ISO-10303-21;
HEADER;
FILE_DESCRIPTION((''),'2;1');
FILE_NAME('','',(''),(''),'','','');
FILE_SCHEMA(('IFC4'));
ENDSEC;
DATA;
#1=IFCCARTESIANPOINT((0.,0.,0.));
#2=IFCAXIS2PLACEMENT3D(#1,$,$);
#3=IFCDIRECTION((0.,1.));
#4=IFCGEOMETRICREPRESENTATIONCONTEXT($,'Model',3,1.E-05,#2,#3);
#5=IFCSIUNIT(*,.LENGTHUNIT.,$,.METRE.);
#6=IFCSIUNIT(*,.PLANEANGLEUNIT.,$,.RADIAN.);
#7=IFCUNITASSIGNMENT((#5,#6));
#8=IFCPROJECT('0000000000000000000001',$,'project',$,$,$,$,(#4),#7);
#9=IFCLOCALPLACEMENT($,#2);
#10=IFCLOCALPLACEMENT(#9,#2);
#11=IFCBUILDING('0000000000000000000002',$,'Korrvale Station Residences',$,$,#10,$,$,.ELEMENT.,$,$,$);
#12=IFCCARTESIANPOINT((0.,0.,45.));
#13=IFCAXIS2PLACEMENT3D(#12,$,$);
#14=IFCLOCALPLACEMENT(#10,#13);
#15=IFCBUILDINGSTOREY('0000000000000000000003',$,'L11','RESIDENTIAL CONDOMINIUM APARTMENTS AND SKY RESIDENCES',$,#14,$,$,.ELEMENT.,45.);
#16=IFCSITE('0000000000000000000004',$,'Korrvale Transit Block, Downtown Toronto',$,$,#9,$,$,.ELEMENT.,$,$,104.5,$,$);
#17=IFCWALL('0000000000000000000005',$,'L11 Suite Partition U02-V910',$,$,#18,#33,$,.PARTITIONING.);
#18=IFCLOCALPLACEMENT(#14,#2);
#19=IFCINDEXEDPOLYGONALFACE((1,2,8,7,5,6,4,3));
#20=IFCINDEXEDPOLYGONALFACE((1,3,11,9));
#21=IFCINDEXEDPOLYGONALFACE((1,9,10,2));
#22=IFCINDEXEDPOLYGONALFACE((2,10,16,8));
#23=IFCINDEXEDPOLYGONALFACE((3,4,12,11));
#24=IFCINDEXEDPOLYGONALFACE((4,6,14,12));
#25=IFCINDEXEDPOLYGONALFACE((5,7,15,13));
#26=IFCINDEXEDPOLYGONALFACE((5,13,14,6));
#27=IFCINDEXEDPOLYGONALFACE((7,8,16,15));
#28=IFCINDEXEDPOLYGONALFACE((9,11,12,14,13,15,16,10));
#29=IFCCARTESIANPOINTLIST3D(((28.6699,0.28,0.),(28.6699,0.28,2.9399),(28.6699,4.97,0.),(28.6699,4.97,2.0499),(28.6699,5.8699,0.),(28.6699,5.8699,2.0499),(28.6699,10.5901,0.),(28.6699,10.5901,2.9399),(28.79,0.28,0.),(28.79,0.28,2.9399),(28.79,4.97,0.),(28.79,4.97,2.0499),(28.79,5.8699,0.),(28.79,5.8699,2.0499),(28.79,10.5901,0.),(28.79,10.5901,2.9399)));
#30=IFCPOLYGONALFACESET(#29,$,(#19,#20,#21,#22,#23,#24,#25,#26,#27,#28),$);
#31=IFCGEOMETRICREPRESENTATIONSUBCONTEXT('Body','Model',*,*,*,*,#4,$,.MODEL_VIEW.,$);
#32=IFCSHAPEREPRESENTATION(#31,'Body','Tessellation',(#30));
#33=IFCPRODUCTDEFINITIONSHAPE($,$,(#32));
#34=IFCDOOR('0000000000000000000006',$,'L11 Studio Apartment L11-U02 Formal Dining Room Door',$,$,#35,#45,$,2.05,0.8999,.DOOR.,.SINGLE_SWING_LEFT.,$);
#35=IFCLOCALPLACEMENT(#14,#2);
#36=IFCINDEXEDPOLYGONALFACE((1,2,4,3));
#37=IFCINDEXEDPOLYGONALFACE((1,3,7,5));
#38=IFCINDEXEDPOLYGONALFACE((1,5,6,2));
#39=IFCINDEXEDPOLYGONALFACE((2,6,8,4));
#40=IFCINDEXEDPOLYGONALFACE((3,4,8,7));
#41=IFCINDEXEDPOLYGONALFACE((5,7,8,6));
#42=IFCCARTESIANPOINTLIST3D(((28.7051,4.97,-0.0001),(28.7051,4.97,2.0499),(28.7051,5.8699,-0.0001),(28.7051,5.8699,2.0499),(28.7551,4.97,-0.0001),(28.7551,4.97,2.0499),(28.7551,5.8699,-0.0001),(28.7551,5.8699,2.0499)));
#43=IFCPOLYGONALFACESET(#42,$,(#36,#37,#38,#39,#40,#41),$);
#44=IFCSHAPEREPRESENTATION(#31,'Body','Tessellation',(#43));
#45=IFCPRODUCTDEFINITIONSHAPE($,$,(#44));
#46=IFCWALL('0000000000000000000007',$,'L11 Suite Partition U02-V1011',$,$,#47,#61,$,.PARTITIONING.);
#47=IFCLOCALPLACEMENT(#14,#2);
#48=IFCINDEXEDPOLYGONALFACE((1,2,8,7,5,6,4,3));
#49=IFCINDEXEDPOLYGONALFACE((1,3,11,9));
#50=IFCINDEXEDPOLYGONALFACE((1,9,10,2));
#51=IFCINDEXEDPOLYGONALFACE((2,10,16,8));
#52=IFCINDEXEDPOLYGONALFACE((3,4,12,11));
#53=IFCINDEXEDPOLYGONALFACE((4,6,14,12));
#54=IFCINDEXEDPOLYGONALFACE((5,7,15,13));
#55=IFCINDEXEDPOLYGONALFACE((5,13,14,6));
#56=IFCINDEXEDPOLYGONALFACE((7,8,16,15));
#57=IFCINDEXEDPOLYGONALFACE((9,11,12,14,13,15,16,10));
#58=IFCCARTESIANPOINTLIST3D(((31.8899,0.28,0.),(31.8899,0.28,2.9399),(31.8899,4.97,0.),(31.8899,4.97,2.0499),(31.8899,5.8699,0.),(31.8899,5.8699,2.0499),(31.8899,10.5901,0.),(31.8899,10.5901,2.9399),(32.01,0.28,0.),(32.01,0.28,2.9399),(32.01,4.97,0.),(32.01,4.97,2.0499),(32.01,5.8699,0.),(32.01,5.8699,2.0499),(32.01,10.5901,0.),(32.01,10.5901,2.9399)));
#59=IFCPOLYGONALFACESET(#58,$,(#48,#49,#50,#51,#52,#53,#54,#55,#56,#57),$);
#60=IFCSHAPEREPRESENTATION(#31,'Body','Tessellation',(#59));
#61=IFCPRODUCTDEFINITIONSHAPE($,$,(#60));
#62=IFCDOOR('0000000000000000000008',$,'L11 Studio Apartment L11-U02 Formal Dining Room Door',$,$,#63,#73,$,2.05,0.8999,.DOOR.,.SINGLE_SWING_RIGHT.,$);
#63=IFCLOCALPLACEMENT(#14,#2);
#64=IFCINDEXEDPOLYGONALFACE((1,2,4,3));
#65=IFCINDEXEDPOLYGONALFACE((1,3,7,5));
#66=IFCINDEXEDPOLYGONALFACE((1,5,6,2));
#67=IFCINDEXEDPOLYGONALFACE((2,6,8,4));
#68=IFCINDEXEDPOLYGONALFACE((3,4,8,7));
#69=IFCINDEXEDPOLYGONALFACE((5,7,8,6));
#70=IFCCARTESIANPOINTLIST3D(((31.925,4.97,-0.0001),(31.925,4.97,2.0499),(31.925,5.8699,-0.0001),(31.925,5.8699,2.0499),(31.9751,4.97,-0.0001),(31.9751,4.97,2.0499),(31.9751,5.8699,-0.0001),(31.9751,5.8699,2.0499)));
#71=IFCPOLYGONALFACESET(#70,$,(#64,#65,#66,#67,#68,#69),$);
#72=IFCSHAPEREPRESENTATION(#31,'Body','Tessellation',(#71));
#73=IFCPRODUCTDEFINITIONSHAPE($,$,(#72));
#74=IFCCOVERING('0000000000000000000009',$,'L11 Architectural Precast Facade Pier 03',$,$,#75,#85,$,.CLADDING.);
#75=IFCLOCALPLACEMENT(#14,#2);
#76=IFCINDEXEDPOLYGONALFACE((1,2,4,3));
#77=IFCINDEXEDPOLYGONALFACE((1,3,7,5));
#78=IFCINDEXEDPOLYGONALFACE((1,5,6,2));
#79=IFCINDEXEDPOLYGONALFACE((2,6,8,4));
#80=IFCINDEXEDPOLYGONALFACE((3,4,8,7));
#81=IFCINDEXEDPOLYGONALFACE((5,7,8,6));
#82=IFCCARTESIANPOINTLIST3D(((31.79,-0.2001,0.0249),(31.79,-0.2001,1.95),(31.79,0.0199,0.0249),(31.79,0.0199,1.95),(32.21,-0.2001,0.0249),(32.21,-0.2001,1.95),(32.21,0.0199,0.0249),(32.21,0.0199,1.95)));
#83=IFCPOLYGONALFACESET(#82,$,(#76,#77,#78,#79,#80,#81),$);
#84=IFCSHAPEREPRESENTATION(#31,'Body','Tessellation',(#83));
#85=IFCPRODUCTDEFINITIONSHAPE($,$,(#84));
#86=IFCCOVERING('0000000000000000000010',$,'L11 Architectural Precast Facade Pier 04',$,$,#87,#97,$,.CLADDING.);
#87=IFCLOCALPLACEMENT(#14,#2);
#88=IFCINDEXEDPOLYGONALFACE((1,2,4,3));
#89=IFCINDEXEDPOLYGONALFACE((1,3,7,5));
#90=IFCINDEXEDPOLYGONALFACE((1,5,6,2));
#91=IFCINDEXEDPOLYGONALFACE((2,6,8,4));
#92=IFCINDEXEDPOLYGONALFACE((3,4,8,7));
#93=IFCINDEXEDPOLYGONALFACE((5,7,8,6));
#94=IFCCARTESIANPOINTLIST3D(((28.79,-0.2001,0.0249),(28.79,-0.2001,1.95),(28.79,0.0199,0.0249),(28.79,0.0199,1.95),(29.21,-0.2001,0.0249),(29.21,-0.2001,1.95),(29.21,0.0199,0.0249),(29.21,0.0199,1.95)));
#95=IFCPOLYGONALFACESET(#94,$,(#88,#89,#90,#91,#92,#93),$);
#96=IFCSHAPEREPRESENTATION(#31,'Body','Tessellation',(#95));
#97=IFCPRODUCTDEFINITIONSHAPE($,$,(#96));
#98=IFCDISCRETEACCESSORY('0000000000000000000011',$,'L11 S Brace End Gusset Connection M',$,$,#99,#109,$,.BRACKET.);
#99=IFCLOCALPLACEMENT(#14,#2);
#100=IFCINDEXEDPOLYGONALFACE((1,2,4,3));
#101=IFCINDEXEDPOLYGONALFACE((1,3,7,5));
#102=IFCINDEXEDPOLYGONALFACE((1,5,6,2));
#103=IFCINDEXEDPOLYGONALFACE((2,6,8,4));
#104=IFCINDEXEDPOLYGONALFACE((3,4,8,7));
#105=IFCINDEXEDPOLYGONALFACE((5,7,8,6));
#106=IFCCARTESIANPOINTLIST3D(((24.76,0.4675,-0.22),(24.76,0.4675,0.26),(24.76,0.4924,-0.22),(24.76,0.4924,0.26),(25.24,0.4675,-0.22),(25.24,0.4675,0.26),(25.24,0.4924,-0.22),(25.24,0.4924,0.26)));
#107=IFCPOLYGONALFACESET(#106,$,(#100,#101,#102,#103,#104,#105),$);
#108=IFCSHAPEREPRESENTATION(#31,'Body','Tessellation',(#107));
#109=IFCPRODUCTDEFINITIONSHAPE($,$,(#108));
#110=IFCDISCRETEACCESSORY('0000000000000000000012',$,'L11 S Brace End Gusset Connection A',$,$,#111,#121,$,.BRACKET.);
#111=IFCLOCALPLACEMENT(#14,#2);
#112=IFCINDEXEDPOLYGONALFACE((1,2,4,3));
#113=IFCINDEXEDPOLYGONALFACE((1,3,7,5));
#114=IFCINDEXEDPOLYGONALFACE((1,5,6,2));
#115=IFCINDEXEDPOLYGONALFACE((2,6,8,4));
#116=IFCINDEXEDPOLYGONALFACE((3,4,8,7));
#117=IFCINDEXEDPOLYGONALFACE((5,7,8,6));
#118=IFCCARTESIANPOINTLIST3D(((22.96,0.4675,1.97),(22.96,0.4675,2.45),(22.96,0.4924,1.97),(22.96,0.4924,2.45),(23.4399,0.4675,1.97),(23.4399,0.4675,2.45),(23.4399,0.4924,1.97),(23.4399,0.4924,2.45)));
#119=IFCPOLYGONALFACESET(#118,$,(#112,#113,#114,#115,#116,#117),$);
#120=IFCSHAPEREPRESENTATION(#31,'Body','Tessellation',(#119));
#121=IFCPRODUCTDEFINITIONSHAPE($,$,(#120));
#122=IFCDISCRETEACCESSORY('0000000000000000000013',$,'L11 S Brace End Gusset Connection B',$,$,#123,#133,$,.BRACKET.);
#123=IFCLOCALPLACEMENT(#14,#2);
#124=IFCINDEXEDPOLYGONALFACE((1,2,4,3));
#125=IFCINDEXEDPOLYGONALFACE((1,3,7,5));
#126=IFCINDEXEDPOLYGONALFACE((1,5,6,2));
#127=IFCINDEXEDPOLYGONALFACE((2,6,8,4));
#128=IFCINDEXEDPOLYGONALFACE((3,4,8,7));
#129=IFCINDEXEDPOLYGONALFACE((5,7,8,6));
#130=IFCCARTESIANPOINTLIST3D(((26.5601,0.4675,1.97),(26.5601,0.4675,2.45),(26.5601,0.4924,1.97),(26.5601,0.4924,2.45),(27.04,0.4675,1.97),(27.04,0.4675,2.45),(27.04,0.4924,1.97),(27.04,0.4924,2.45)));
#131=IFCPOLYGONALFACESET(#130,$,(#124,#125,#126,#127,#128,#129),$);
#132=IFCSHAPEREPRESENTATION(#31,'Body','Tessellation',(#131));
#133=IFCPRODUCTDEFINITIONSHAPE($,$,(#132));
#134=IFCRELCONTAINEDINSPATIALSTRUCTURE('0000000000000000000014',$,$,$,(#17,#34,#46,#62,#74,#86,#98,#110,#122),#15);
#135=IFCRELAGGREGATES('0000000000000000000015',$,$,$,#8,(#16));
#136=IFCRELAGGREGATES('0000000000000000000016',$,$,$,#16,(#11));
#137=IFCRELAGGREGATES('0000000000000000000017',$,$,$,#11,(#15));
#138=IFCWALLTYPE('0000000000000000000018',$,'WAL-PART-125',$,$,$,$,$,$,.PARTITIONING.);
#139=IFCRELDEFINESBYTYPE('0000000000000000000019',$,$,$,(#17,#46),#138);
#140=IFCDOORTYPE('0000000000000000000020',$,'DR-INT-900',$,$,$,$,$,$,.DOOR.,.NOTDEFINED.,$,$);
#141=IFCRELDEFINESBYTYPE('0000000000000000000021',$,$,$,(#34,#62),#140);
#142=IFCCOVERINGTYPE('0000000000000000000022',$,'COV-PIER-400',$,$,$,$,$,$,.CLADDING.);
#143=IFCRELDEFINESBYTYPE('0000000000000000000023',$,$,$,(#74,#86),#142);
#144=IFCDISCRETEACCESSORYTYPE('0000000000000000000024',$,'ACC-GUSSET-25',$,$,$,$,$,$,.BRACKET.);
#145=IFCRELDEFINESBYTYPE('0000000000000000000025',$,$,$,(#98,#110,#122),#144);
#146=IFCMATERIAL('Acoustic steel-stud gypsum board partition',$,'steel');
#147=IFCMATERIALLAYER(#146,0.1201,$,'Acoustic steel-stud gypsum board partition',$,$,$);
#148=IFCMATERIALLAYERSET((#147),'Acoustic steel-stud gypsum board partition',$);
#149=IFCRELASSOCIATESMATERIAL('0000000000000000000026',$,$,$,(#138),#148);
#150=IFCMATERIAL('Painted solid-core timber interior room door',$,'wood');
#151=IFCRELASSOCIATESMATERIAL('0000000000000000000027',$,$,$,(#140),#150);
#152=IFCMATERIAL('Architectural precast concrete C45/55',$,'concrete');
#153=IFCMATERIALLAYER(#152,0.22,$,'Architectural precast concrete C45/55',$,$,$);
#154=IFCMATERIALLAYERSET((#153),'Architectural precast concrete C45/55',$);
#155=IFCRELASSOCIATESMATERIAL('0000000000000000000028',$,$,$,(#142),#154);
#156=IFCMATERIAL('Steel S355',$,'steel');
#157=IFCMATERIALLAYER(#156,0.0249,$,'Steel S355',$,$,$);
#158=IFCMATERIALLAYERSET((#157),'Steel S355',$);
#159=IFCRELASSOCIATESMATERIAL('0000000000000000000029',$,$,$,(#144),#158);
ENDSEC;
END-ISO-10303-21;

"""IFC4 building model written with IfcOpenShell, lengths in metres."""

from ifc_helpers import new_model, si_unit, direction, frame, frame_2d, origin, origin_2d, place, context, subcontext, project, spatial, rectangle, extrude, material, layer, layer_set, type_object, element, fill, save


model = new_model("IFC4")

# Units and contexts
model_context = context("Model", 3, precision=1e-05, world=origin(), true_north=direction((0.0, 1.0)))
body_context = subcontext(model_context, "Body", "Model", "MODEL_VIEW")
ifc_project = project(units=[si_unit("LENGTHUNIT", "METRE"), si_unit("PLANEANGLEUNIT", "RADIAN")], contexts=[model_context])

# Site, building, storey
site_placement = place(None, origin())
site = spatial("IfcSite", under=ifc_project, at=site_placement, Name="Korrvale Transit Block, Downtown Toronto", CompositionType="ELEMENT", RefElevation=104.5)
building_placement = place(site_placement, origin())
building = spatial("IfcBuilding", under=site, at=building_placement, Name="Korrvale Station Residences", CompositionType="ELEMENT")
storey_placement = place(building_placement, frame((0.0, 0.0, 45.0)))
storey = spatial("IfcBuildingStorey", under=building, at=storey_placement, Name="L11", Description="RESIDENTIAL CONDOMINIUM APARTMENTS AND SKY RESIDENCES", CompositionType="ELEMENT", Elevation=45.0)

# Shared definitions
ifc_material_1 = material(Name="Steel S355", Category="steel")

# Shared definitions
ifc_material_2 = material(Name="Acoustic steel-stud gypsum board partition", Category="steel")
ifc_layer_1 = layer(ifc_material_2, 0.1201, Name="Acoustic steel-stud gypsum board partition")
ifc_layer_set_1 = layer_set([ifc_layer_1], Name="Acoustic steel-stud gypsum board partition")
wall_type = type_object("IfcWallType", Name="WAL-PART-125", PredefinedType="PARTITIONING", material=ifc_layer_set_1)
ifc_material_3 = material(Name="Painted solid-core timber interior room door", Category="wood")
door_type = type_object("IfcDoorType", Name="DR-INT-900", OperationType="NOTDEFINED", PredefinedType="DOOR", material=ifc_material_3)

# Walls, openings, doors
wall_1_placement = place(storey_placement, frame((28.73, 0.28, 0.0), z_axis=(0.0, 0.0, 1.0), x_axis=(0.0, 1.0, 0.0)))
wall_1 = element("IfcWall", 1, at=wall_1_placement, inside=storey, type_object=wall_type, Name="L11 Suite Partition U02-V910", PredefinedType="PARTITIONING", context=body_context, shape_type="SweptSolid", body=[
    extrude(rectangle(XDim=10.3101, YDim=0.1201, at=frame_2d((5.155, 0.0))), origin(), (0.0, 0.0, 1.0), 2.9399),
])
opening_1_placement = place(wall_1_placement, frame((4.6899, 0.0, 0.0)))
opening_1 = element("IfcOpeningElement", 2, at=opening_1_placement, cuts=wall_1, PredefinedType="OPENING", context=body_context, shape_type="SweptSolid", body=[
    extrude(rectangle(XDim=0.8999, YDim=2.05, at=frame_2d((0.45, 1.0249))), frame((0.0, 0.0701, 0.0), z_axis=(0.0, -1.0, 0.0), x_axis=(1.0, 0.0, 0.0)), (0.0, 0.0, 1.0), 0.1401),
])
door_1_placement = place(opening_1_placement, origin())
door_1 = element("IfcDoor", 3, at=door_1_placement, inside=storey, type_object=door_type, Name="L11 Studio Apartment L11-U02 Formal Dining Room Door", OperationType="SINGLE_SWING_LEFT", OverallHeight=2.05, OverallWidth=0.8999, PredefinedType="DOOR", context=body_context, shape_type="SweptSolid", body=[
    extrude(rectangle(XDim=0.8999, YDim=2.05, at=frame_2d((0.45, 1.0249))), frame((0.0, 0.0249, 0.0), z_axis=(0.0, -1.0, 0.0), x_axis=(1.0, 0.0, 0.0)), (0.0, 0.0, 1.0), 0.05),
])
fill(opening_1, door_1)
wall_2_placement = place(storey_placement, frame((31.95, 0.28, 0.0), z_axis=(0.0, 0.0, 1.0), x_axis=(0.0, 1.0, 0.0)))
wall_2 = element("IfcWall", 4, at=wall_2_placement, inside=storey, type_object=wall_type, Name="L11 Suite Partition U02-V1011", PredefinedType="PARTITIONING", context=body_context, shape_type="SweptSolid", body=[
    extrude(rectangle(XDim=10.3101, YDim=0.1201, at=frame_2d((5.155, 0.0))), origin(), (0.0, 0.0, 1.0), 2.9399),
])
opening_2_placement = place(wall_2_placement, frame((4.6899, 0.0, 0.0)))
opening_2 = element("IfcOpeningElement", 5, at=opening_2_placement, cuts=wall_2, PredefinedType="OPENING", context=body_context, shape_type="SweptSolid", body=[
    extrude(rectangle(XDim=0.8999, YDim=2.05, at=frame_2d((0.45, 1.0249))), frame((0.0, 0.0701, 0.0), z_axis=(0.0, -1.0, 0.0), x_axis=(1.0, 0.0, 0.0)), (0.0, 0.0, 1.0), 0.1401),
])
door_2_placement = place(opening_2_placement, origin())
door_2 = element("IfcDoor", 6, at=door_2_placement, inside=storey, type_object=door_type, Name="L11 Studio Apartment L11-U02 Formal Dining Room Door", OperationType="SINGLE_SWING_RIGHT", OverallHeight=2.05, OverallWidth=0.8999, PredefinedType="DOOR", context=body_context, shape_type="SweptSolid", body=[
    extrude(rectangle(XDim=0.8999, YDim=2.05, at=frame_2d((0.45, 1.0249))), frame((0.0, 0.0249, 0.0), z_axis=(0.0, -1.0, 0.0), x_axis=(1.0, 0.0, 0.0)), (0.0, 0.0, 1.0), 0.05),
])
fill(opening_2, door_2)

# Coverings
ifc_material_4 = material(Name="Architectural precast concrete C45/55", Category="concrete")
ifc_layer_2 = layer(ifc_material_4, 0.22, Name="Architectural precast concrete C45/55")
ifc_layer_set_2 = layer_set([ifc_layer_2], Name="Architectural precast concrete C45/55")
covering_type = type_object("IfcCoveringType", Name="COV-PIER-400", PredefinedType="CLADDING", material=ifc_layer_set_2)
for number, where, z_axis, x_axis, name in (
    (7, (32.0, -0.0901, 0.0249), (0.0, 0.0, 1.0), (1.0, 0.0, 0.0), "L11 Architectural Precast Facade Pier 03"),
    (8, (29.0, -0.0901, 0.0249), (0.0, 0.0, 1.0), (1.0, 0.0, 0.0), "L11 Architectural Precast Facade Pier 04"),
):
    element("IfcCovering", number, at=place(storey_placement, frame(where, z_axis=z_axis, x_axis=x_axis)), inside=storey, type_object=covering_type, Name=name, PredefinedType="CLADDING", context=body_context, shape_type="SweptSolid", body=[
        extrude(rectangle(XDim=0.4199, YDim=0.22, at=origin_2d()), origin(), (0.0, 0.0, 1.0), 1.925),
    ])

# Discrete accessories
ifc_layer_3 = layer(ifc_material_1, 0.0249, Name="Steel S355")
ifc_layer_set_3 = layer_set([ifc_layer_3], Name="Steel S355")
discrete_accessory_type = type_object("IfcDiscreteAccessoryType", Name="ACC-GUSSET-25", PredefinedType="BRACKET", material=ifc_layer_set_3)
for number, where, z_axis, x_axis, name in (
    (9, (25.0, 0.48, -0.22), (0.0, 0.0, 1.0), (1.0, 0.0, 0.0), "L11 S Brace End Gusset Connection M"),
    (10, (23.2, 0.48, 1.97), (0.0, 0.0, 1.0), (1.0, 0.0, 0.0), "L11 S Brace End Gusset Connection A"),
    (11, (26.8, 0.48, 1.97), (0.0, 0.0, 1.0), (1.0, 0.0, 0.0), "L11 S Brace End Gusset Connection B"),
):
    element("IfcDiscreteAccessory", number, at=place(storey_placement, frame(where, z_axis=z_axis, x_axis=x_axis)), inside=storey, type_object=discrete_accessory_type, Name=name, PredefinedType="BRACKET", context=body_context, shape_type="SweptSolid", body=[
        extrude(rectangle(XDim=0.48, YDim=0.0249, at=origin_2d()), origin(), (0.0, 0.0, 1.0), 0.48),
    ])

save(model, "model.ifc")
